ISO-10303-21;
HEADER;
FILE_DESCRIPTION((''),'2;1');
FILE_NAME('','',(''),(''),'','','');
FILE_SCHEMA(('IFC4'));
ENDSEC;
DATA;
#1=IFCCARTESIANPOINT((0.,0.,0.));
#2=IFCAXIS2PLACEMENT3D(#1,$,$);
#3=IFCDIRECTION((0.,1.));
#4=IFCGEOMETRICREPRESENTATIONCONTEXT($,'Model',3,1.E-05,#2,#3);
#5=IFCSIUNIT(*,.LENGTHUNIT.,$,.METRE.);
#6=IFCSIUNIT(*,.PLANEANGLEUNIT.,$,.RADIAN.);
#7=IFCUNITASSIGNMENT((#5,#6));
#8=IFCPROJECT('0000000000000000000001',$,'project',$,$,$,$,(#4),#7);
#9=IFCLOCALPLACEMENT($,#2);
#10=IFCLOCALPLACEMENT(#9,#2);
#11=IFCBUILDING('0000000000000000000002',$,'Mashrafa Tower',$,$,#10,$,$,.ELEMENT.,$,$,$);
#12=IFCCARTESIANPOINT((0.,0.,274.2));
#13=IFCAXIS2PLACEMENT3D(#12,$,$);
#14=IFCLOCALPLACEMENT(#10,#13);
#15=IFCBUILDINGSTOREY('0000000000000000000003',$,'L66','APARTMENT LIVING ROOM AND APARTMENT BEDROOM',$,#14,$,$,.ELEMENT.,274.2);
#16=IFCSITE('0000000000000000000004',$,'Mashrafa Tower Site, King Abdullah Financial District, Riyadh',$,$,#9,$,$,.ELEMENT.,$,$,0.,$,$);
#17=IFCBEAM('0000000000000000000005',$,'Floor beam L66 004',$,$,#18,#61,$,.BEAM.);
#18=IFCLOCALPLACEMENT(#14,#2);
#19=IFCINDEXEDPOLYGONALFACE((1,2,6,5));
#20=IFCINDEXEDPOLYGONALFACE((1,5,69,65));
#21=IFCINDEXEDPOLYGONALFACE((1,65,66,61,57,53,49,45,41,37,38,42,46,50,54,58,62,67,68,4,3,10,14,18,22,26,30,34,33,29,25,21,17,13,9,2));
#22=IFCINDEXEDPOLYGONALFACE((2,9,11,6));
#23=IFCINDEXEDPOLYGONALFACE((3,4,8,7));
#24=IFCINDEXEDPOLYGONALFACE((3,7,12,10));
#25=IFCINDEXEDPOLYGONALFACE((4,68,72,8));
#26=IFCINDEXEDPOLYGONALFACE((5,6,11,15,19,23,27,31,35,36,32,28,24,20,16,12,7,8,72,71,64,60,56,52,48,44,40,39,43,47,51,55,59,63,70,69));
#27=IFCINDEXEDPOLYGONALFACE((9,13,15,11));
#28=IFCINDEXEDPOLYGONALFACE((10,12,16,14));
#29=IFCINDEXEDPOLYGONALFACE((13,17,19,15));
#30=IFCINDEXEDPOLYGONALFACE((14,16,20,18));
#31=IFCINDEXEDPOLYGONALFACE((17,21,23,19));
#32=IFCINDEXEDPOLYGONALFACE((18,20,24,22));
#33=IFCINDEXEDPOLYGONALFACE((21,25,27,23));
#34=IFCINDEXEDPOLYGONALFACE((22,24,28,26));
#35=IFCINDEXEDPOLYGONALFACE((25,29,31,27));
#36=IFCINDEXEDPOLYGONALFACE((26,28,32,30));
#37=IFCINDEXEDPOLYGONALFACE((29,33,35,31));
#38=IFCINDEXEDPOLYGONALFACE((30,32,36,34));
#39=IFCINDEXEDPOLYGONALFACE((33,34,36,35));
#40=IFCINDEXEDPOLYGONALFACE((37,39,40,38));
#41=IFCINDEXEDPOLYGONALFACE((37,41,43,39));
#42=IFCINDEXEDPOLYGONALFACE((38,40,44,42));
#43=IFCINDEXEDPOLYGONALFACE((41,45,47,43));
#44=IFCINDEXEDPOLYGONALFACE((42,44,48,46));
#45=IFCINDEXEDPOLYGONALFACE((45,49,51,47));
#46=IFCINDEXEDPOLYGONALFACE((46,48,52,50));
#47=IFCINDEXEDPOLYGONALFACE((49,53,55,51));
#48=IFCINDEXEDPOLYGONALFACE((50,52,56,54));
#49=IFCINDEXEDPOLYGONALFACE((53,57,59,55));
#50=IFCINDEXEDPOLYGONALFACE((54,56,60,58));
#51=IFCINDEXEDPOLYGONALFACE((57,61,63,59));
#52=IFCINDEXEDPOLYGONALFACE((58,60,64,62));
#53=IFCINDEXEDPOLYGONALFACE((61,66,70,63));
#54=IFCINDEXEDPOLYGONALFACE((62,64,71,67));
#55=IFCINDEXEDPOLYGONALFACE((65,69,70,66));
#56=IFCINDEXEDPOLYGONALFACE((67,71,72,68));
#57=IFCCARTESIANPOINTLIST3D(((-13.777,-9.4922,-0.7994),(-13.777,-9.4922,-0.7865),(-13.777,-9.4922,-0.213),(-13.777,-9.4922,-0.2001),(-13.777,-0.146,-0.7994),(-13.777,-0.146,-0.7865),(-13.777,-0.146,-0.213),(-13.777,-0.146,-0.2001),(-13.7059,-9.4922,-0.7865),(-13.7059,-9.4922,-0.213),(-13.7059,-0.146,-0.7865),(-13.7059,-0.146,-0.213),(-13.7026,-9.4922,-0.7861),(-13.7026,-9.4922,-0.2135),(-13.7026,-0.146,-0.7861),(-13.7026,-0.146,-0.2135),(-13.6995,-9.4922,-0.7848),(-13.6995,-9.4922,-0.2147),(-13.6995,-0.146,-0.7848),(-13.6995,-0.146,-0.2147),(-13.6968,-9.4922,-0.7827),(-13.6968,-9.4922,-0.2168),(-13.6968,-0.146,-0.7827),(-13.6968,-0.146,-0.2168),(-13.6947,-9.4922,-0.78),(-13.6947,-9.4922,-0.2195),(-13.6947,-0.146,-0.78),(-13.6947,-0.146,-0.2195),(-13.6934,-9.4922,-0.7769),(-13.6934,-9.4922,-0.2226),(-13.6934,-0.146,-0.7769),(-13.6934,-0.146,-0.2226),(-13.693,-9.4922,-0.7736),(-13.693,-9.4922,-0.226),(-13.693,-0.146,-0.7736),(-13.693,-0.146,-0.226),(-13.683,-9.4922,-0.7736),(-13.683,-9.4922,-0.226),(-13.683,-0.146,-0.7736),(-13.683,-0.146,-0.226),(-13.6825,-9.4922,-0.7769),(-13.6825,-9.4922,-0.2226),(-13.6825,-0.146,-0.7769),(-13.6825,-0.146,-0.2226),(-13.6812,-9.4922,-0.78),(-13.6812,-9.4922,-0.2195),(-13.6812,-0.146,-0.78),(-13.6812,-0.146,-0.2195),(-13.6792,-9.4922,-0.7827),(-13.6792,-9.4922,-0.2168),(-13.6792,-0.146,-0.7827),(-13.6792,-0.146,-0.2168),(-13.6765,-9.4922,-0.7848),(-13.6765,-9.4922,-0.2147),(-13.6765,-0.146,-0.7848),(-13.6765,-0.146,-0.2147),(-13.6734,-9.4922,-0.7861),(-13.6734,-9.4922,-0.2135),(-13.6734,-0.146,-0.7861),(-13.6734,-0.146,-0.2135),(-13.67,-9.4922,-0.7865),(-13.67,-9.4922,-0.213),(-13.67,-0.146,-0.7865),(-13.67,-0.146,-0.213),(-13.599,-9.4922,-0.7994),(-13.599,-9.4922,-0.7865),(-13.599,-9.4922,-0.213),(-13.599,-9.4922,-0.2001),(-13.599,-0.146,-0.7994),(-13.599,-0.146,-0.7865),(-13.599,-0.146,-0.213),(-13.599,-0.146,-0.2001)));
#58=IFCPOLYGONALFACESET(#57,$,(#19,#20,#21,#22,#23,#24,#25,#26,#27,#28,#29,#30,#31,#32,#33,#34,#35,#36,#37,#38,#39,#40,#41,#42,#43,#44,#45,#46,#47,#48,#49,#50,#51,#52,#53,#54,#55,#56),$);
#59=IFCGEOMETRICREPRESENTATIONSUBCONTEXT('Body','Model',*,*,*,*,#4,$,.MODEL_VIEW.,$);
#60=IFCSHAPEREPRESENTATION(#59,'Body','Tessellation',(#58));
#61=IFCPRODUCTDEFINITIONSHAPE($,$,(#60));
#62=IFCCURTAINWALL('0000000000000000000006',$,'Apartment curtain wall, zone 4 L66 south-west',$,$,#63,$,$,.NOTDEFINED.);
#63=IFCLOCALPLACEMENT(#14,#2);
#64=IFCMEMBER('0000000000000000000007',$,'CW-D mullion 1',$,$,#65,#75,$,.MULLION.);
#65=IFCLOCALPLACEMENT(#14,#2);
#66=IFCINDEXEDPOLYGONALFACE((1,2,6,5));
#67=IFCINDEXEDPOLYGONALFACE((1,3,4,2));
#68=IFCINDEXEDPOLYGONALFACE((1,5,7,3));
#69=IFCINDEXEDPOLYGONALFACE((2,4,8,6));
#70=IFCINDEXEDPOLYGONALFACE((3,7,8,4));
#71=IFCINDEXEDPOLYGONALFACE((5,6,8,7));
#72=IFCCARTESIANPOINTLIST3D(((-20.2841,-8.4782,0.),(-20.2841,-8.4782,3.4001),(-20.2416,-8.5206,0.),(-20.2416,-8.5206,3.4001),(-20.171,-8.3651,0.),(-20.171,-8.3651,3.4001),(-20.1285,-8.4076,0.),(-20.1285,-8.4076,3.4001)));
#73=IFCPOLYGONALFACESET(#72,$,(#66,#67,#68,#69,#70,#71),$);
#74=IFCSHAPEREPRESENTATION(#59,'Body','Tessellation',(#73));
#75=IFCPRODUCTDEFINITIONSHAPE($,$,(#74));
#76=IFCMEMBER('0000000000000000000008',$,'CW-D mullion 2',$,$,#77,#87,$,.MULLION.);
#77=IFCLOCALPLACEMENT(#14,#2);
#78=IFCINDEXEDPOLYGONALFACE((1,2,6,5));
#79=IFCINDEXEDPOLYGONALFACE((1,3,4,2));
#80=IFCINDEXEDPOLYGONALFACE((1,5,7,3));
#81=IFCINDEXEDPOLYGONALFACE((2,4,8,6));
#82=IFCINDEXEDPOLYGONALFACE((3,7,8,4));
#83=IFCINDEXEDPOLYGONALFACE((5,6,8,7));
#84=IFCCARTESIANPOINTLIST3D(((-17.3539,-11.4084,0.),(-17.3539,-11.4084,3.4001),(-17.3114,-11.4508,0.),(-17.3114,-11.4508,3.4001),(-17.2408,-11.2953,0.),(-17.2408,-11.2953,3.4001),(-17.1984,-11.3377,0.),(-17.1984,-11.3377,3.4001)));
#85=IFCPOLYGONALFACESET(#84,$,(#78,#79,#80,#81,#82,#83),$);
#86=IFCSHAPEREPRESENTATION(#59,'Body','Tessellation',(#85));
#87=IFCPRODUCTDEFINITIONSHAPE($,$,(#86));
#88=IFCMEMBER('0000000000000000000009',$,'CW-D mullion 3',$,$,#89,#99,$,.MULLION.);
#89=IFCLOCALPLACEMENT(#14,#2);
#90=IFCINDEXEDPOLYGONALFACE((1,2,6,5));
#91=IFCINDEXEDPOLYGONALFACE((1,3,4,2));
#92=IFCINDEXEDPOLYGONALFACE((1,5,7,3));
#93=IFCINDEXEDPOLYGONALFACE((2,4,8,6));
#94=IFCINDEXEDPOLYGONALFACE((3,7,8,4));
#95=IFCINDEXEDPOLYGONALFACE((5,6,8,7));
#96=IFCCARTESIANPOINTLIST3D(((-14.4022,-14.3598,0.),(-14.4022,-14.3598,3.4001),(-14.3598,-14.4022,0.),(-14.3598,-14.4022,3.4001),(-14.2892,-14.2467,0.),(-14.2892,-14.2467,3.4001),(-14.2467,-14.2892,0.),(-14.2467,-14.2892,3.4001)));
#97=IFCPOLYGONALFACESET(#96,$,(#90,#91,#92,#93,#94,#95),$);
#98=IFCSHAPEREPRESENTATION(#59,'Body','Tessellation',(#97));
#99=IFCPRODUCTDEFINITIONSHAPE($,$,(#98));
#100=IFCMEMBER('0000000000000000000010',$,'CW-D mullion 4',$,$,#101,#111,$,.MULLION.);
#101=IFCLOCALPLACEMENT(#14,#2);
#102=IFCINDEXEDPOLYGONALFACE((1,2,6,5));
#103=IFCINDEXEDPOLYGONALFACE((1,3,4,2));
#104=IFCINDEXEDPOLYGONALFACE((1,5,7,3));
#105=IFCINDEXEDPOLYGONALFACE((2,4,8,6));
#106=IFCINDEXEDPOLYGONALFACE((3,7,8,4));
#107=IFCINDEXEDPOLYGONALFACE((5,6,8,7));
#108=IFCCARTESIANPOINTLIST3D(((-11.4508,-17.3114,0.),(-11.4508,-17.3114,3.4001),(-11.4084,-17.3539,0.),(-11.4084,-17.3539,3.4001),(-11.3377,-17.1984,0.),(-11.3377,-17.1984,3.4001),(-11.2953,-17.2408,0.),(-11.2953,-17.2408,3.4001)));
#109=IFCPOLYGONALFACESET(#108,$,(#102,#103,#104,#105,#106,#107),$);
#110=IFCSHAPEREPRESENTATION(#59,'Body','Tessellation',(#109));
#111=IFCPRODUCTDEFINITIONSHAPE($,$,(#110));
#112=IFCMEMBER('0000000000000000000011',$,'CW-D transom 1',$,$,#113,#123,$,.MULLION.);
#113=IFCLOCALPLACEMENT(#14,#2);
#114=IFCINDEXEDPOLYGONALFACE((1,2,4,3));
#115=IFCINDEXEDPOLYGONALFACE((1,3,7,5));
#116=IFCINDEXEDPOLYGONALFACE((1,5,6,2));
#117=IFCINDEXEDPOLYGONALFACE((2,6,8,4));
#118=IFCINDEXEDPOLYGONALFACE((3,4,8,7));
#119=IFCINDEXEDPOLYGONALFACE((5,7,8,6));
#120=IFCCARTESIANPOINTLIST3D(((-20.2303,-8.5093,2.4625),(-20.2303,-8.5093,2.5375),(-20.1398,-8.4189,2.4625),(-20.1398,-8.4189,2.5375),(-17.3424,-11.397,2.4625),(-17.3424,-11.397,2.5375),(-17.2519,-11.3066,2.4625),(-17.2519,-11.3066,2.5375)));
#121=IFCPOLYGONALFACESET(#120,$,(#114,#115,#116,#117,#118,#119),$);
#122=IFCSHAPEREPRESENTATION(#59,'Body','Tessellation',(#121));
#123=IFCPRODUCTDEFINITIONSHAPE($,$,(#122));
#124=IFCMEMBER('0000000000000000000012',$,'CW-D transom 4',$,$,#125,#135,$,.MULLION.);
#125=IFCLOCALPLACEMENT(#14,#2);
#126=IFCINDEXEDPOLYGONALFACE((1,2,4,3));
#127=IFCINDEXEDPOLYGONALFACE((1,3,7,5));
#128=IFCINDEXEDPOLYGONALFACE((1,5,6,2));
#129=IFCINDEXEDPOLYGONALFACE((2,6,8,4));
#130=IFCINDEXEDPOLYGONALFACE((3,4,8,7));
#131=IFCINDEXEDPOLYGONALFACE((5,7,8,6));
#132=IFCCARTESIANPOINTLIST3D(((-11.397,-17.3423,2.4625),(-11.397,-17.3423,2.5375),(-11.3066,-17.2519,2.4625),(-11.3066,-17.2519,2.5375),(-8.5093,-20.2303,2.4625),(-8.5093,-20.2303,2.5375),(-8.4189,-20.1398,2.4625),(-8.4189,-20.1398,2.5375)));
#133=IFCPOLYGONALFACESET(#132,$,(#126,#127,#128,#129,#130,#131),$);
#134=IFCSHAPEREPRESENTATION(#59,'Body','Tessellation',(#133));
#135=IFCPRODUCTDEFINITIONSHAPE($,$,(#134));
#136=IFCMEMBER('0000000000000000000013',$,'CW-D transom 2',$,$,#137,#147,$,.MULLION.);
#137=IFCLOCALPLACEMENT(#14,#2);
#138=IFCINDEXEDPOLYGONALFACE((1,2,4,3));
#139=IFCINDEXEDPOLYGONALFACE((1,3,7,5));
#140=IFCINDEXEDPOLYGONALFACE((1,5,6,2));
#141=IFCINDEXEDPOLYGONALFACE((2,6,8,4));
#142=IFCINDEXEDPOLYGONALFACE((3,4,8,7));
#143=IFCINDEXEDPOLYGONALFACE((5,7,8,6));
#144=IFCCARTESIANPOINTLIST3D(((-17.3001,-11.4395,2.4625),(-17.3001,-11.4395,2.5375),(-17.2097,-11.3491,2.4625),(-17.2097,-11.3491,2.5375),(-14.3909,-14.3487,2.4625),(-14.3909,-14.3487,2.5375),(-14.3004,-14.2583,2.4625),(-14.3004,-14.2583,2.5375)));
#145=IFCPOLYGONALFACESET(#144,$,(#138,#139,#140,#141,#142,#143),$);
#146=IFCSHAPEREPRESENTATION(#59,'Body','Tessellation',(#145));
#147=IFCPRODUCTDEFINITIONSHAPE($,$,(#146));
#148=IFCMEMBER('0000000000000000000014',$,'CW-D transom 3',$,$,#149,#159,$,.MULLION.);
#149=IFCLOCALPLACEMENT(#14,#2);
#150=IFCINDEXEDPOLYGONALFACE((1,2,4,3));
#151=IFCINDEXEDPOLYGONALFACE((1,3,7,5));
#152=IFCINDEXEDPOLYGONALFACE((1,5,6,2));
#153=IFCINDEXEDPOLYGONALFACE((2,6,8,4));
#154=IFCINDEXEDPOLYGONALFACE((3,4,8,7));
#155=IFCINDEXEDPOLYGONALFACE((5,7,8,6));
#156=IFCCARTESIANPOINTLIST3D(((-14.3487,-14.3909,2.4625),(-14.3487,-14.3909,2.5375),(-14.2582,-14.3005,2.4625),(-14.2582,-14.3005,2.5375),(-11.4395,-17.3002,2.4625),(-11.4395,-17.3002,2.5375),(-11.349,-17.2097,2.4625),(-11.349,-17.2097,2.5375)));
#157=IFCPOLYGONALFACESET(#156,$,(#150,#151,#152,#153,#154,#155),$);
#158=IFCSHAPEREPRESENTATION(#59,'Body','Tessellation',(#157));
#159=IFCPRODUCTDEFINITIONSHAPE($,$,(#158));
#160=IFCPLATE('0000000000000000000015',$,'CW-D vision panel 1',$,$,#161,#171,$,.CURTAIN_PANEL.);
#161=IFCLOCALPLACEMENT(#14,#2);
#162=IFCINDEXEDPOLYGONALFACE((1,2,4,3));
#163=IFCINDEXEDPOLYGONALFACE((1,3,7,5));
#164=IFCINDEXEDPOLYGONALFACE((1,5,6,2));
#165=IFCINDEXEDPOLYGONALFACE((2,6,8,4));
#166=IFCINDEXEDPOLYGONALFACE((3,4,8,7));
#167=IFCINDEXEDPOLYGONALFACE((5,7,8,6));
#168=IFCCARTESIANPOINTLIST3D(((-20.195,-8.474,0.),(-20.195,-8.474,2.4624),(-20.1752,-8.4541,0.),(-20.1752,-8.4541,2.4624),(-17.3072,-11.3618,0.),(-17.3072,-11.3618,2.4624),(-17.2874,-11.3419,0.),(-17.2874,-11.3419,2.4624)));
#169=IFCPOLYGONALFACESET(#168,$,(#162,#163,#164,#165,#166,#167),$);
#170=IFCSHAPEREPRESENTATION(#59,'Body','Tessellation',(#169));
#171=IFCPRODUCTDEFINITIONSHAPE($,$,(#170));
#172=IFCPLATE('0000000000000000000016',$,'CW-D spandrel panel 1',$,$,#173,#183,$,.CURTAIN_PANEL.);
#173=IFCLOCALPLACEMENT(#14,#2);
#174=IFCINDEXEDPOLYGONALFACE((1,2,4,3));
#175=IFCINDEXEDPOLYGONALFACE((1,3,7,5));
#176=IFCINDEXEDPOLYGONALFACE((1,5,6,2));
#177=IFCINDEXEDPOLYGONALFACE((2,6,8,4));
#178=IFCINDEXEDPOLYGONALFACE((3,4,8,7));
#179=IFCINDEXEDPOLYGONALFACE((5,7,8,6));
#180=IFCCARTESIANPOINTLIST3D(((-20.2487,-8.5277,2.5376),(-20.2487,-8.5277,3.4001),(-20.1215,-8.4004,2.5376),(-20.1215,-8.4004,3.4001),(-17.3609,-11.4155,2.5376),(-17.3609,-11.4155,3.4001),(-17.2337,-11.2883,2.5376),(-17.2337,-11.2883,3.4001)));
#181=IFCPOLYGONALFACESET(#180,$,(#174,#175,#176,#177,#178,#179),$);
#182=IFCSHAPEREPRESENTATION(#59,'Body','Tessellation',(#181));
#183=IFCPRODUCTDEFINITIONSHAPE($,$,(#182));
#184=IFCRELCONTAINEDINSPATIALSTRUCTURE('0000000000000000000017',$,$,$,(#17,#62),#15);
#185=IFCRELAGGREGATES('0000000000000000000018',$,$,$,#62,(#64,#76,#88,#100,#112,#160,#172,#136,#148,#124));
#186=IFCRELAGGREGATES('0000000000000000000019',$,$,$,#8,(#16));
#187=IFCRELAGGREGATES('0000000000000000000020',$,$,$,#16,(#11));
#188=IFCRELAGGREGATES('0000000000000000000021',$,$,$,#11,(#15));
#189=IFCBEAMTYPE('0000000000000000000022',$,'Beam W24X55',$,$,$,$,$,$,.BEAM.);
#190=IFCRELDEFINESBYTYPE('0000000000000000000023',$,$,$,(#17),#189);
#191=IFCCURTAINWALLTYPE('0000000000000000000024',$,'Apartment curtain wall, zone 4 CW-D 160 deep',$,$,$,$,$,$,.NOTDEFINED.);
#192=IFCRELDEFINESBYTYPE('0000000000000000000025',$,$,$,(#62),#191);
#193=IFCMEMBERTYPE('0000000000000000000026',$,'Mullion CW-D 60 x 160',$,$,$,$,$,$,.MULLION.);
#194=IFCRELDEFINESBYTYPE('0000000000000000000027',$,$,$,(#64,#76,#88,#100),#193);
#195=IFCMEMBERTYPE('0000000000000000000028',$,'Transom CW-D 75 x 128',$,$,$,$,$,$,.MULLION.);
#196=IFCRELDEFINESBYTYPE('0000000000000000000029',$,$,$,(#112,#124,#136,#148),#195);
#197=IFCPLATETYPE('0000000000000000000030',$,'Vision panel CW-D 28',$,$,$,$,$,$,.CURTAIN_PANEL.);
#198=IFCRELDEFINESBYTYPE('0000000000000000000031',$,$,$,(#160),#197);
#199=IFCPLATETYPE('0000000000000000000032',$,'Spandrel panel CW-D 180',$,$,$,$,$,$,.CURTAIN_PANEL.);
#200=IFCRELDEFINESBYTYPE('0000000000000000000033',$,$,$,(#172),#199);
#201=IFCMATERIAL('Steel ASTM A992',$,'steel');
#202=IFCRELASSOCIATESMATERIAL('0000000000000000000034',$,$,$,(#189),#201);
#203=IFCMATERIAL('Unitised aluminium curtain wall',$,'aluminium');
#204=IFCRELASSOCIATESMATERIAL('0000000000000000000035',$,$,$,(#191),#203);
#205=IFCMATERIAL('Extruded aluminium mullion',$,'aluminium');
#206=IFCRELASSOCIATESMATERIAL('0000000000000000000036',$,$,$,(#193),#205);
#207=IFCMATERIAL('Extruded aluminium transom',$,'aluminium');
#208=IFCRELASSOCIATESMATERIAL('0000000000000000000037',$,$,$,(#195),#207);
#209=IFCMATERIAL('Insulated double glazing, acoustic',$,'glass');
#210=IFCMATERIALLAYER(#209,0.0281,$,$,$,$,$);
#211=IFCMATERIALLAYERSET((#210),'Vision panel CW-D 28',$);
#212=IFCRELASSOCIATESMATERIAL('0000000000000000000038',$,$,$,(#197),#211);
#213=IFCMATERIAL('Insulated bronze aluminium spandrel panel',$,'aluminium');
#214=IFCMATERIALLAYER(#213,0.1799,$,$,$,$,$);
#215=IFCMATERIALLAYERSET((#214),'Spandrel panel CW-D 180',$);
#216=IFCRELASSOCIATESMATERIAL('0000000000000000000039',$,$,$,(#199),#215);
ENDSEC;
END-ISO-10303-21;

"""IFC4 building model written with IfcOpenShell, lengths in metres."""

from ifc_helpers import new_model, si_unit, direction, frame, origin, origin_2d, place, context, subcontext, project, spatial, rectangle, i_section, extrude, source, transform, mapped, material, layer, layer_set, material_profile, profile_set, type_object, type_shapes, element, aggregate, save


model = new_model("IFC4")

# Units and contexts
model_context = context("Model", 3, precision=1e-05, world=origin(), true_north=direction((0.0, 1.0)))
body_context = subcontext(model_context, "Body", "Model", "MODEL_VIEW")
ifc_project = project(units=[si_unit("LENGTHUNIT", "METRE"), si_unit("PLANEANGLEUNIT", "RADIAN")], contexts=[model_context])

# Site, building, storey
site_placement = place(None, origin())
site = spatial("IfcSite", under=ifc_project, at=site_placement, Name="Mashrafa Tower Site, King Abdullah Financial District, Riyadh", CompositionType="ELEMENT", RefElevation=0.0)
building_placement = place(site_placement, origin())
building = spatial("IfcBuilding", under=site, at=building_placement, Name="Mashrafa Tower", CompositionType="ELEMENT")
storey_placement = place(building_placement, frame((0.0, 0.0, 274.2)))
storey = spatial("IfcBuildingStorey", under=building, at=storey_placement, Name="L66", Description="APARTMENT LIVING ROOM AND APARTMENT BEDROOM", CompositionType="ELEMENT", Elevation=274.2)

# Beam
ifc_material_1 = material(Name="Steel ASTM A992", Category="steel")
ifc_material_profile_1 = material_profile(ifc_material_1, i_section(OverallWidth=0.178, OverallDepth=0.5994, WebThickness=0.01, FlangeThickness=0.0129, FilletRadius=0.0129, at=origin_2d()), Name="W24X55")
ifc_profile_set_1 = profile_set([ifc_material_profile_1], Name="Steel ASTM A992")
beam_type_1 = type_object("IfcBeamType", Name="Beam W24X55", PredefinedType="BEAM", material=ifc_profile_set_1)
beam_1_placement = place(storey_placement, frame((-13.688, -9.4922, -0.4998), z_axis=(0.0, 1.0, 0.0), x_axis=(-1.0, 0.0, 0.0)))
element("IfcBeam", 1, at=beam_1_placement, inside=storey, type_object=beam_type_1, Name="Floor beam L66 004", PredefinedType="BEAM", context=body_context, shape_type="SweptSolid", body=[
    extrude(i_section(OverallWidth=0.178, OverallDepth=0.5994, WebThickness=0.01, FlangeThickness=0.0129, FilletRadius=0.0129, at=origin_2d()), origin(), (0.0, 0.0, 1.0), 9.3462),
])

# Curtain wall, members, plates
ifc_material_2 = material(Name="Unitised aluminium curtain wall", Category="aluminium")
curtain_wall_type = type_object("IfcCurtainWallType", Name="Apartment curtain wall, zone 4 CW-D 160 deep", PredefinedType="NOTDEFINED", material=ifc_material_2)
curtain_wall_placement = place(storey_placement, origin())
curtain_wall = element("IfcCurtainWall", 2, at=curtain_wall_placement, inside=storey, type_object=curtain_wall_type, Name="Apartment curtain wall, zone 4 L66 south-west", PredefinedType="NOTDEFINED")
ifc_material_3 = material(Name="Extruded aluminium mullion", Category="aluminium")
ifc_material_profile_2 = material_profile(ifc_material_3, rectangle(XDim=0.1599, YDim=0.0601, at=origin_2d()), Name="Mullion 60x160")
ifc_profile_set_2 = profile_set([ifc_material_profile_2], Name="Extruded aluminium mullion")
member_type_1 = type_object("IfcMemberType", Name="Mullion CW-D 60 x 160", PredefinedType="MULLION", material=ifc_profile_set_2)
shared_shape_1 = source(origin(), body_context, "Body", "SweptSolid", [
    extrude(rectangle(XDim=0.1599, YDim=0.0601, at=origin_2d()), origin(), (0.0, 0.0, 1.0), 3.4001),
])
type_shapes(member_type_1, [shared_shape_1])
member_1_placement = place(storey_placement, frame((-20.2063, -8.4429, 0.0), z_axis=(0.0, 0.0, 1.0), x_axis=(0.707107, 0.707107, 0.0)))
member_1 = element("IfcMember", 3, at=member_1_placement, type_object=member_type_1, Name="CW-D mullion 1", PredefinedType="MULLION", context=body_context, shape_type="MappedRepresentation", body=[
    mapped(shared_shape_1, transform((0.0, 0.0, 0.0))),
])
member_2_placement = place(storey_placement, frame((-17.2761, -11.373, 0.0), z_axis=(0.0, 0.0, 1.0), x_axis=(0.707107, 0.707107, 0.0)))
member_2 = element("IfcMember", 4, at=member_2_placement, type_object=member_type_1, Name="CW-D mullion 2", PredefinedType="MULLION", context=body_context, shape_type="MappedRepresentation", body=[
    mapped(shared_shape_1, transform((0.0, 0.0, 0.0))),
])
member_3_placement = place(storey_placement, frame((-14.3245, -14.3245, 0.0), z_axis=(0.0, 0.0, 1.0), x_axis=(0.707107, 0.707107, 0.0)))
member_3 = element("IfcMember", 5, at=member_3_placement, type_object=member_type_1, Name="CW-D mullion 3", PredefinedType="MULLION", context=body_context, shape_type="MappedRepresentation", body=[
    mapped(shared_shape_1, transform((0.0, 0.0, 0.0))),
])
member_4_placement = place(storey_placement, frame((-11.373, -17.2761, 0.0), z_axis=(0.0, 0.0, 1.0), x_axis=(0.707107, 0.707107, 0.0)))
member_4 = element("IfcMember", 6, at=member_4_placement, type_object=member_type_1, Name="CW-D mullion 4", PredefinedType="MULLION", context=body_context, shape_type="MappedRepresentation", body=[
    mapped(shared_shape_1, transform((0.0, 0.0, 0.0))),
])
ifc_material_4 = material(Name="Extruded aluminium transom", Category="aluminium")
ifc_material_profile_3 = material_profile(ifc_material_4, rectangle(XDim=0.1279, YDim=0.075, at=origin_2d()), Name="Transom 75x128")
ifc_profile_set_3 = profile_set([ifc_material_profile_3], Name="Extruded aluminium transom")
member_type_2 = type_object("IfcMemberType", Name="Transom CW-D 75 x 128", PredefinedType="MULLION", material=ifc_profile_set_3)
shared_shape_2 = source(origin(), body_context, "Body", "SweptSolid", [
    extrude(rectangle(XDim=0.1279, YDim=0.075, at=origin_2d()), origin(), (0.0, 0.0, 1.0), 4.084),
])
member_5_placement = place(storey_placement, frame((-20.1851, -8.4641, 2.5), z_axis=(0.707137, -0.707077, 0.0), x_axis=(0.707077, 0.707137, 0.0)))
member_5 = element("IfcMember", 7, at=member_5_placement, type_object=member_type_2, Name="CW-D transom 1", PredefinedType="MULLION", context=body_context, shape_type="MappedRepresentation", body=[
    mapped(shared_shape_2, transform((0.0, 0.0, 0.0))),
])
member_6_placement = place(storey_placement, frame((-11.3518, -17.2971, 2.5), z_axis=(0.707077, -0.707137, 0.0), x_axis=(0.707137, 0.707077, 0.0)))
member_6 = element("IfcMember", 8, at=member_6_placement, type_object=member_type_2, Name="CW-D transom 4", PredefinedType="MULLION", context=body_context, shape_type="MappedRepresentation", body=[
    mapped(shared_shape_2, transform((0.0, 0.0, 0.0))),
])
shared_shape_3 = source(origin(), body_context, "Body", "SweptSolid", [
    extrude(rectangle(XDim=0.1279, YDim=0.075, at=origin_2d()), origin(), (0.0, 0.0, 1.0), 4.1143),
])
type_shapes(member_type_2, [shared_shape_2, shared_shape_3])
member_7_placement = place(storey_placement, frame((-17.2549, -11.3943, 2.5), z_axis=(0.707107, -0.707107, 0.0), x_axis=(0.707107, 0.707107, 0.0)))
member_7 = element("IfcMember", 9, at=member_7_placement, type_object=member_type_2, Name="CW-D transom 2", PredefinedType="MULLION", context=body_context, shape_type="MappedRepresentation", body=[
    mapped(shared_shape_3, transform((0.0, 0.0, 0.0))),
])
member_8_placement = place(storey_placement, frame((-14.3035, -14.3457, 2.5), z_axis=(0.707107, -0.707107, 0.0), x_axis=(0.707107, 0.707107, 0.0)))
member_8 = element("IfcMember", 10, at=member_8_placement, type_object=member_type_2, Name="CW-D transom 3", PredefinedType="MULLION", context=body_context, shape_type="MappedRepresentation", body=[
    mapped(shared_shape_3, transform((0.0, 0.0, 0.0))),
])
ifc_material_5 = material(Name="Insulated double glazing, acoustic", Category="glass")
ifc_layer_1 = layer(ifc_material_5, 0.0281)
ifc_layer_set_1 = layer_set([ifc_layer_1], Name="Vision panel CW-D 28")
plate_type_1 = type_object("IfcPlateType", Name="Vision panel CW-D 28", PredefinedType="CURTAIN_PANEL", material=ifc_layer_set_1)
shared_shape_4 = source(origin(), body_context, "Body", "SweptSolid", [
    extrude(rectangle(XDim=4.084, YDim=0.0281, at=origin_2d()), origin(), (0.0, 0.0, 1.0), 2.4624),
])
plate_1_placement = place(storey_placement, frame((-18.7412, -9.908, 0.0), z_axis=(0.0, 0.0, 1.0), x_axis=(0.707107, -0.707107, 0.0)))
plate_1 = element("IfcPlate", 11, at=plate_1_placement, type_object=plate_type_1, Name="CW-D vision panel 1", PredefinedType="CURTAIN_PANEL", context=body_context, shape_type="MappedRepresentation", body=[
    mapped(shared_shape_4, transform((0.0, 0.0, 0.0))),
])
ifc_material_6 = material(Name="Insulated bronze aluminium spandrel panel", Category="aluminium")
ifc_layer_2 = layer(ifc_material_6, 0.1799)
ifc_layer_set_2 = layer_set([ifc_layer_2], Name="Spandrel panel CW-D 180")
plate_type_2 = type_object("IfcPlateType", Name="Spandrel panel CW-D 180", PredefinedType="CURTAIN_PANEL", material=ifc_layer_set_2)
shared_shape_5 = source(origin(), body_context, "Body", "SweptSolid", [
    extrude(rectangle(XDim=4.084, YDim=0.1799, at=origin_2d()), origin(), (0.0, 0.0, 1.0), 0.8625),
])
plate_2_placement = place(storey_placement, frame((-18.7412, -9.908, 2.5376), z_axis=(0.0, 0.0, 1.0), x_axis=(0.707107, -0.707107, 0.0)))
plate_2 = element("IfcPlate", 12, at=plate_2_placement, type_object=plate_type_2, Name="CW-D spandrel panel 1", PredefinedType="CURTAIN_PANEL", context=body_context, shape_type="MappedRepresentation", body=[
    mapped(shared_shape_5, transform((0.0, 0.0, 0.0))),
])
aggregate(curtain_wall, [member_1, member_2, member_3, member_4, member_5, plate_1, plate_2, member_7, member_8, member_6])

save(model, "model.ifc")
